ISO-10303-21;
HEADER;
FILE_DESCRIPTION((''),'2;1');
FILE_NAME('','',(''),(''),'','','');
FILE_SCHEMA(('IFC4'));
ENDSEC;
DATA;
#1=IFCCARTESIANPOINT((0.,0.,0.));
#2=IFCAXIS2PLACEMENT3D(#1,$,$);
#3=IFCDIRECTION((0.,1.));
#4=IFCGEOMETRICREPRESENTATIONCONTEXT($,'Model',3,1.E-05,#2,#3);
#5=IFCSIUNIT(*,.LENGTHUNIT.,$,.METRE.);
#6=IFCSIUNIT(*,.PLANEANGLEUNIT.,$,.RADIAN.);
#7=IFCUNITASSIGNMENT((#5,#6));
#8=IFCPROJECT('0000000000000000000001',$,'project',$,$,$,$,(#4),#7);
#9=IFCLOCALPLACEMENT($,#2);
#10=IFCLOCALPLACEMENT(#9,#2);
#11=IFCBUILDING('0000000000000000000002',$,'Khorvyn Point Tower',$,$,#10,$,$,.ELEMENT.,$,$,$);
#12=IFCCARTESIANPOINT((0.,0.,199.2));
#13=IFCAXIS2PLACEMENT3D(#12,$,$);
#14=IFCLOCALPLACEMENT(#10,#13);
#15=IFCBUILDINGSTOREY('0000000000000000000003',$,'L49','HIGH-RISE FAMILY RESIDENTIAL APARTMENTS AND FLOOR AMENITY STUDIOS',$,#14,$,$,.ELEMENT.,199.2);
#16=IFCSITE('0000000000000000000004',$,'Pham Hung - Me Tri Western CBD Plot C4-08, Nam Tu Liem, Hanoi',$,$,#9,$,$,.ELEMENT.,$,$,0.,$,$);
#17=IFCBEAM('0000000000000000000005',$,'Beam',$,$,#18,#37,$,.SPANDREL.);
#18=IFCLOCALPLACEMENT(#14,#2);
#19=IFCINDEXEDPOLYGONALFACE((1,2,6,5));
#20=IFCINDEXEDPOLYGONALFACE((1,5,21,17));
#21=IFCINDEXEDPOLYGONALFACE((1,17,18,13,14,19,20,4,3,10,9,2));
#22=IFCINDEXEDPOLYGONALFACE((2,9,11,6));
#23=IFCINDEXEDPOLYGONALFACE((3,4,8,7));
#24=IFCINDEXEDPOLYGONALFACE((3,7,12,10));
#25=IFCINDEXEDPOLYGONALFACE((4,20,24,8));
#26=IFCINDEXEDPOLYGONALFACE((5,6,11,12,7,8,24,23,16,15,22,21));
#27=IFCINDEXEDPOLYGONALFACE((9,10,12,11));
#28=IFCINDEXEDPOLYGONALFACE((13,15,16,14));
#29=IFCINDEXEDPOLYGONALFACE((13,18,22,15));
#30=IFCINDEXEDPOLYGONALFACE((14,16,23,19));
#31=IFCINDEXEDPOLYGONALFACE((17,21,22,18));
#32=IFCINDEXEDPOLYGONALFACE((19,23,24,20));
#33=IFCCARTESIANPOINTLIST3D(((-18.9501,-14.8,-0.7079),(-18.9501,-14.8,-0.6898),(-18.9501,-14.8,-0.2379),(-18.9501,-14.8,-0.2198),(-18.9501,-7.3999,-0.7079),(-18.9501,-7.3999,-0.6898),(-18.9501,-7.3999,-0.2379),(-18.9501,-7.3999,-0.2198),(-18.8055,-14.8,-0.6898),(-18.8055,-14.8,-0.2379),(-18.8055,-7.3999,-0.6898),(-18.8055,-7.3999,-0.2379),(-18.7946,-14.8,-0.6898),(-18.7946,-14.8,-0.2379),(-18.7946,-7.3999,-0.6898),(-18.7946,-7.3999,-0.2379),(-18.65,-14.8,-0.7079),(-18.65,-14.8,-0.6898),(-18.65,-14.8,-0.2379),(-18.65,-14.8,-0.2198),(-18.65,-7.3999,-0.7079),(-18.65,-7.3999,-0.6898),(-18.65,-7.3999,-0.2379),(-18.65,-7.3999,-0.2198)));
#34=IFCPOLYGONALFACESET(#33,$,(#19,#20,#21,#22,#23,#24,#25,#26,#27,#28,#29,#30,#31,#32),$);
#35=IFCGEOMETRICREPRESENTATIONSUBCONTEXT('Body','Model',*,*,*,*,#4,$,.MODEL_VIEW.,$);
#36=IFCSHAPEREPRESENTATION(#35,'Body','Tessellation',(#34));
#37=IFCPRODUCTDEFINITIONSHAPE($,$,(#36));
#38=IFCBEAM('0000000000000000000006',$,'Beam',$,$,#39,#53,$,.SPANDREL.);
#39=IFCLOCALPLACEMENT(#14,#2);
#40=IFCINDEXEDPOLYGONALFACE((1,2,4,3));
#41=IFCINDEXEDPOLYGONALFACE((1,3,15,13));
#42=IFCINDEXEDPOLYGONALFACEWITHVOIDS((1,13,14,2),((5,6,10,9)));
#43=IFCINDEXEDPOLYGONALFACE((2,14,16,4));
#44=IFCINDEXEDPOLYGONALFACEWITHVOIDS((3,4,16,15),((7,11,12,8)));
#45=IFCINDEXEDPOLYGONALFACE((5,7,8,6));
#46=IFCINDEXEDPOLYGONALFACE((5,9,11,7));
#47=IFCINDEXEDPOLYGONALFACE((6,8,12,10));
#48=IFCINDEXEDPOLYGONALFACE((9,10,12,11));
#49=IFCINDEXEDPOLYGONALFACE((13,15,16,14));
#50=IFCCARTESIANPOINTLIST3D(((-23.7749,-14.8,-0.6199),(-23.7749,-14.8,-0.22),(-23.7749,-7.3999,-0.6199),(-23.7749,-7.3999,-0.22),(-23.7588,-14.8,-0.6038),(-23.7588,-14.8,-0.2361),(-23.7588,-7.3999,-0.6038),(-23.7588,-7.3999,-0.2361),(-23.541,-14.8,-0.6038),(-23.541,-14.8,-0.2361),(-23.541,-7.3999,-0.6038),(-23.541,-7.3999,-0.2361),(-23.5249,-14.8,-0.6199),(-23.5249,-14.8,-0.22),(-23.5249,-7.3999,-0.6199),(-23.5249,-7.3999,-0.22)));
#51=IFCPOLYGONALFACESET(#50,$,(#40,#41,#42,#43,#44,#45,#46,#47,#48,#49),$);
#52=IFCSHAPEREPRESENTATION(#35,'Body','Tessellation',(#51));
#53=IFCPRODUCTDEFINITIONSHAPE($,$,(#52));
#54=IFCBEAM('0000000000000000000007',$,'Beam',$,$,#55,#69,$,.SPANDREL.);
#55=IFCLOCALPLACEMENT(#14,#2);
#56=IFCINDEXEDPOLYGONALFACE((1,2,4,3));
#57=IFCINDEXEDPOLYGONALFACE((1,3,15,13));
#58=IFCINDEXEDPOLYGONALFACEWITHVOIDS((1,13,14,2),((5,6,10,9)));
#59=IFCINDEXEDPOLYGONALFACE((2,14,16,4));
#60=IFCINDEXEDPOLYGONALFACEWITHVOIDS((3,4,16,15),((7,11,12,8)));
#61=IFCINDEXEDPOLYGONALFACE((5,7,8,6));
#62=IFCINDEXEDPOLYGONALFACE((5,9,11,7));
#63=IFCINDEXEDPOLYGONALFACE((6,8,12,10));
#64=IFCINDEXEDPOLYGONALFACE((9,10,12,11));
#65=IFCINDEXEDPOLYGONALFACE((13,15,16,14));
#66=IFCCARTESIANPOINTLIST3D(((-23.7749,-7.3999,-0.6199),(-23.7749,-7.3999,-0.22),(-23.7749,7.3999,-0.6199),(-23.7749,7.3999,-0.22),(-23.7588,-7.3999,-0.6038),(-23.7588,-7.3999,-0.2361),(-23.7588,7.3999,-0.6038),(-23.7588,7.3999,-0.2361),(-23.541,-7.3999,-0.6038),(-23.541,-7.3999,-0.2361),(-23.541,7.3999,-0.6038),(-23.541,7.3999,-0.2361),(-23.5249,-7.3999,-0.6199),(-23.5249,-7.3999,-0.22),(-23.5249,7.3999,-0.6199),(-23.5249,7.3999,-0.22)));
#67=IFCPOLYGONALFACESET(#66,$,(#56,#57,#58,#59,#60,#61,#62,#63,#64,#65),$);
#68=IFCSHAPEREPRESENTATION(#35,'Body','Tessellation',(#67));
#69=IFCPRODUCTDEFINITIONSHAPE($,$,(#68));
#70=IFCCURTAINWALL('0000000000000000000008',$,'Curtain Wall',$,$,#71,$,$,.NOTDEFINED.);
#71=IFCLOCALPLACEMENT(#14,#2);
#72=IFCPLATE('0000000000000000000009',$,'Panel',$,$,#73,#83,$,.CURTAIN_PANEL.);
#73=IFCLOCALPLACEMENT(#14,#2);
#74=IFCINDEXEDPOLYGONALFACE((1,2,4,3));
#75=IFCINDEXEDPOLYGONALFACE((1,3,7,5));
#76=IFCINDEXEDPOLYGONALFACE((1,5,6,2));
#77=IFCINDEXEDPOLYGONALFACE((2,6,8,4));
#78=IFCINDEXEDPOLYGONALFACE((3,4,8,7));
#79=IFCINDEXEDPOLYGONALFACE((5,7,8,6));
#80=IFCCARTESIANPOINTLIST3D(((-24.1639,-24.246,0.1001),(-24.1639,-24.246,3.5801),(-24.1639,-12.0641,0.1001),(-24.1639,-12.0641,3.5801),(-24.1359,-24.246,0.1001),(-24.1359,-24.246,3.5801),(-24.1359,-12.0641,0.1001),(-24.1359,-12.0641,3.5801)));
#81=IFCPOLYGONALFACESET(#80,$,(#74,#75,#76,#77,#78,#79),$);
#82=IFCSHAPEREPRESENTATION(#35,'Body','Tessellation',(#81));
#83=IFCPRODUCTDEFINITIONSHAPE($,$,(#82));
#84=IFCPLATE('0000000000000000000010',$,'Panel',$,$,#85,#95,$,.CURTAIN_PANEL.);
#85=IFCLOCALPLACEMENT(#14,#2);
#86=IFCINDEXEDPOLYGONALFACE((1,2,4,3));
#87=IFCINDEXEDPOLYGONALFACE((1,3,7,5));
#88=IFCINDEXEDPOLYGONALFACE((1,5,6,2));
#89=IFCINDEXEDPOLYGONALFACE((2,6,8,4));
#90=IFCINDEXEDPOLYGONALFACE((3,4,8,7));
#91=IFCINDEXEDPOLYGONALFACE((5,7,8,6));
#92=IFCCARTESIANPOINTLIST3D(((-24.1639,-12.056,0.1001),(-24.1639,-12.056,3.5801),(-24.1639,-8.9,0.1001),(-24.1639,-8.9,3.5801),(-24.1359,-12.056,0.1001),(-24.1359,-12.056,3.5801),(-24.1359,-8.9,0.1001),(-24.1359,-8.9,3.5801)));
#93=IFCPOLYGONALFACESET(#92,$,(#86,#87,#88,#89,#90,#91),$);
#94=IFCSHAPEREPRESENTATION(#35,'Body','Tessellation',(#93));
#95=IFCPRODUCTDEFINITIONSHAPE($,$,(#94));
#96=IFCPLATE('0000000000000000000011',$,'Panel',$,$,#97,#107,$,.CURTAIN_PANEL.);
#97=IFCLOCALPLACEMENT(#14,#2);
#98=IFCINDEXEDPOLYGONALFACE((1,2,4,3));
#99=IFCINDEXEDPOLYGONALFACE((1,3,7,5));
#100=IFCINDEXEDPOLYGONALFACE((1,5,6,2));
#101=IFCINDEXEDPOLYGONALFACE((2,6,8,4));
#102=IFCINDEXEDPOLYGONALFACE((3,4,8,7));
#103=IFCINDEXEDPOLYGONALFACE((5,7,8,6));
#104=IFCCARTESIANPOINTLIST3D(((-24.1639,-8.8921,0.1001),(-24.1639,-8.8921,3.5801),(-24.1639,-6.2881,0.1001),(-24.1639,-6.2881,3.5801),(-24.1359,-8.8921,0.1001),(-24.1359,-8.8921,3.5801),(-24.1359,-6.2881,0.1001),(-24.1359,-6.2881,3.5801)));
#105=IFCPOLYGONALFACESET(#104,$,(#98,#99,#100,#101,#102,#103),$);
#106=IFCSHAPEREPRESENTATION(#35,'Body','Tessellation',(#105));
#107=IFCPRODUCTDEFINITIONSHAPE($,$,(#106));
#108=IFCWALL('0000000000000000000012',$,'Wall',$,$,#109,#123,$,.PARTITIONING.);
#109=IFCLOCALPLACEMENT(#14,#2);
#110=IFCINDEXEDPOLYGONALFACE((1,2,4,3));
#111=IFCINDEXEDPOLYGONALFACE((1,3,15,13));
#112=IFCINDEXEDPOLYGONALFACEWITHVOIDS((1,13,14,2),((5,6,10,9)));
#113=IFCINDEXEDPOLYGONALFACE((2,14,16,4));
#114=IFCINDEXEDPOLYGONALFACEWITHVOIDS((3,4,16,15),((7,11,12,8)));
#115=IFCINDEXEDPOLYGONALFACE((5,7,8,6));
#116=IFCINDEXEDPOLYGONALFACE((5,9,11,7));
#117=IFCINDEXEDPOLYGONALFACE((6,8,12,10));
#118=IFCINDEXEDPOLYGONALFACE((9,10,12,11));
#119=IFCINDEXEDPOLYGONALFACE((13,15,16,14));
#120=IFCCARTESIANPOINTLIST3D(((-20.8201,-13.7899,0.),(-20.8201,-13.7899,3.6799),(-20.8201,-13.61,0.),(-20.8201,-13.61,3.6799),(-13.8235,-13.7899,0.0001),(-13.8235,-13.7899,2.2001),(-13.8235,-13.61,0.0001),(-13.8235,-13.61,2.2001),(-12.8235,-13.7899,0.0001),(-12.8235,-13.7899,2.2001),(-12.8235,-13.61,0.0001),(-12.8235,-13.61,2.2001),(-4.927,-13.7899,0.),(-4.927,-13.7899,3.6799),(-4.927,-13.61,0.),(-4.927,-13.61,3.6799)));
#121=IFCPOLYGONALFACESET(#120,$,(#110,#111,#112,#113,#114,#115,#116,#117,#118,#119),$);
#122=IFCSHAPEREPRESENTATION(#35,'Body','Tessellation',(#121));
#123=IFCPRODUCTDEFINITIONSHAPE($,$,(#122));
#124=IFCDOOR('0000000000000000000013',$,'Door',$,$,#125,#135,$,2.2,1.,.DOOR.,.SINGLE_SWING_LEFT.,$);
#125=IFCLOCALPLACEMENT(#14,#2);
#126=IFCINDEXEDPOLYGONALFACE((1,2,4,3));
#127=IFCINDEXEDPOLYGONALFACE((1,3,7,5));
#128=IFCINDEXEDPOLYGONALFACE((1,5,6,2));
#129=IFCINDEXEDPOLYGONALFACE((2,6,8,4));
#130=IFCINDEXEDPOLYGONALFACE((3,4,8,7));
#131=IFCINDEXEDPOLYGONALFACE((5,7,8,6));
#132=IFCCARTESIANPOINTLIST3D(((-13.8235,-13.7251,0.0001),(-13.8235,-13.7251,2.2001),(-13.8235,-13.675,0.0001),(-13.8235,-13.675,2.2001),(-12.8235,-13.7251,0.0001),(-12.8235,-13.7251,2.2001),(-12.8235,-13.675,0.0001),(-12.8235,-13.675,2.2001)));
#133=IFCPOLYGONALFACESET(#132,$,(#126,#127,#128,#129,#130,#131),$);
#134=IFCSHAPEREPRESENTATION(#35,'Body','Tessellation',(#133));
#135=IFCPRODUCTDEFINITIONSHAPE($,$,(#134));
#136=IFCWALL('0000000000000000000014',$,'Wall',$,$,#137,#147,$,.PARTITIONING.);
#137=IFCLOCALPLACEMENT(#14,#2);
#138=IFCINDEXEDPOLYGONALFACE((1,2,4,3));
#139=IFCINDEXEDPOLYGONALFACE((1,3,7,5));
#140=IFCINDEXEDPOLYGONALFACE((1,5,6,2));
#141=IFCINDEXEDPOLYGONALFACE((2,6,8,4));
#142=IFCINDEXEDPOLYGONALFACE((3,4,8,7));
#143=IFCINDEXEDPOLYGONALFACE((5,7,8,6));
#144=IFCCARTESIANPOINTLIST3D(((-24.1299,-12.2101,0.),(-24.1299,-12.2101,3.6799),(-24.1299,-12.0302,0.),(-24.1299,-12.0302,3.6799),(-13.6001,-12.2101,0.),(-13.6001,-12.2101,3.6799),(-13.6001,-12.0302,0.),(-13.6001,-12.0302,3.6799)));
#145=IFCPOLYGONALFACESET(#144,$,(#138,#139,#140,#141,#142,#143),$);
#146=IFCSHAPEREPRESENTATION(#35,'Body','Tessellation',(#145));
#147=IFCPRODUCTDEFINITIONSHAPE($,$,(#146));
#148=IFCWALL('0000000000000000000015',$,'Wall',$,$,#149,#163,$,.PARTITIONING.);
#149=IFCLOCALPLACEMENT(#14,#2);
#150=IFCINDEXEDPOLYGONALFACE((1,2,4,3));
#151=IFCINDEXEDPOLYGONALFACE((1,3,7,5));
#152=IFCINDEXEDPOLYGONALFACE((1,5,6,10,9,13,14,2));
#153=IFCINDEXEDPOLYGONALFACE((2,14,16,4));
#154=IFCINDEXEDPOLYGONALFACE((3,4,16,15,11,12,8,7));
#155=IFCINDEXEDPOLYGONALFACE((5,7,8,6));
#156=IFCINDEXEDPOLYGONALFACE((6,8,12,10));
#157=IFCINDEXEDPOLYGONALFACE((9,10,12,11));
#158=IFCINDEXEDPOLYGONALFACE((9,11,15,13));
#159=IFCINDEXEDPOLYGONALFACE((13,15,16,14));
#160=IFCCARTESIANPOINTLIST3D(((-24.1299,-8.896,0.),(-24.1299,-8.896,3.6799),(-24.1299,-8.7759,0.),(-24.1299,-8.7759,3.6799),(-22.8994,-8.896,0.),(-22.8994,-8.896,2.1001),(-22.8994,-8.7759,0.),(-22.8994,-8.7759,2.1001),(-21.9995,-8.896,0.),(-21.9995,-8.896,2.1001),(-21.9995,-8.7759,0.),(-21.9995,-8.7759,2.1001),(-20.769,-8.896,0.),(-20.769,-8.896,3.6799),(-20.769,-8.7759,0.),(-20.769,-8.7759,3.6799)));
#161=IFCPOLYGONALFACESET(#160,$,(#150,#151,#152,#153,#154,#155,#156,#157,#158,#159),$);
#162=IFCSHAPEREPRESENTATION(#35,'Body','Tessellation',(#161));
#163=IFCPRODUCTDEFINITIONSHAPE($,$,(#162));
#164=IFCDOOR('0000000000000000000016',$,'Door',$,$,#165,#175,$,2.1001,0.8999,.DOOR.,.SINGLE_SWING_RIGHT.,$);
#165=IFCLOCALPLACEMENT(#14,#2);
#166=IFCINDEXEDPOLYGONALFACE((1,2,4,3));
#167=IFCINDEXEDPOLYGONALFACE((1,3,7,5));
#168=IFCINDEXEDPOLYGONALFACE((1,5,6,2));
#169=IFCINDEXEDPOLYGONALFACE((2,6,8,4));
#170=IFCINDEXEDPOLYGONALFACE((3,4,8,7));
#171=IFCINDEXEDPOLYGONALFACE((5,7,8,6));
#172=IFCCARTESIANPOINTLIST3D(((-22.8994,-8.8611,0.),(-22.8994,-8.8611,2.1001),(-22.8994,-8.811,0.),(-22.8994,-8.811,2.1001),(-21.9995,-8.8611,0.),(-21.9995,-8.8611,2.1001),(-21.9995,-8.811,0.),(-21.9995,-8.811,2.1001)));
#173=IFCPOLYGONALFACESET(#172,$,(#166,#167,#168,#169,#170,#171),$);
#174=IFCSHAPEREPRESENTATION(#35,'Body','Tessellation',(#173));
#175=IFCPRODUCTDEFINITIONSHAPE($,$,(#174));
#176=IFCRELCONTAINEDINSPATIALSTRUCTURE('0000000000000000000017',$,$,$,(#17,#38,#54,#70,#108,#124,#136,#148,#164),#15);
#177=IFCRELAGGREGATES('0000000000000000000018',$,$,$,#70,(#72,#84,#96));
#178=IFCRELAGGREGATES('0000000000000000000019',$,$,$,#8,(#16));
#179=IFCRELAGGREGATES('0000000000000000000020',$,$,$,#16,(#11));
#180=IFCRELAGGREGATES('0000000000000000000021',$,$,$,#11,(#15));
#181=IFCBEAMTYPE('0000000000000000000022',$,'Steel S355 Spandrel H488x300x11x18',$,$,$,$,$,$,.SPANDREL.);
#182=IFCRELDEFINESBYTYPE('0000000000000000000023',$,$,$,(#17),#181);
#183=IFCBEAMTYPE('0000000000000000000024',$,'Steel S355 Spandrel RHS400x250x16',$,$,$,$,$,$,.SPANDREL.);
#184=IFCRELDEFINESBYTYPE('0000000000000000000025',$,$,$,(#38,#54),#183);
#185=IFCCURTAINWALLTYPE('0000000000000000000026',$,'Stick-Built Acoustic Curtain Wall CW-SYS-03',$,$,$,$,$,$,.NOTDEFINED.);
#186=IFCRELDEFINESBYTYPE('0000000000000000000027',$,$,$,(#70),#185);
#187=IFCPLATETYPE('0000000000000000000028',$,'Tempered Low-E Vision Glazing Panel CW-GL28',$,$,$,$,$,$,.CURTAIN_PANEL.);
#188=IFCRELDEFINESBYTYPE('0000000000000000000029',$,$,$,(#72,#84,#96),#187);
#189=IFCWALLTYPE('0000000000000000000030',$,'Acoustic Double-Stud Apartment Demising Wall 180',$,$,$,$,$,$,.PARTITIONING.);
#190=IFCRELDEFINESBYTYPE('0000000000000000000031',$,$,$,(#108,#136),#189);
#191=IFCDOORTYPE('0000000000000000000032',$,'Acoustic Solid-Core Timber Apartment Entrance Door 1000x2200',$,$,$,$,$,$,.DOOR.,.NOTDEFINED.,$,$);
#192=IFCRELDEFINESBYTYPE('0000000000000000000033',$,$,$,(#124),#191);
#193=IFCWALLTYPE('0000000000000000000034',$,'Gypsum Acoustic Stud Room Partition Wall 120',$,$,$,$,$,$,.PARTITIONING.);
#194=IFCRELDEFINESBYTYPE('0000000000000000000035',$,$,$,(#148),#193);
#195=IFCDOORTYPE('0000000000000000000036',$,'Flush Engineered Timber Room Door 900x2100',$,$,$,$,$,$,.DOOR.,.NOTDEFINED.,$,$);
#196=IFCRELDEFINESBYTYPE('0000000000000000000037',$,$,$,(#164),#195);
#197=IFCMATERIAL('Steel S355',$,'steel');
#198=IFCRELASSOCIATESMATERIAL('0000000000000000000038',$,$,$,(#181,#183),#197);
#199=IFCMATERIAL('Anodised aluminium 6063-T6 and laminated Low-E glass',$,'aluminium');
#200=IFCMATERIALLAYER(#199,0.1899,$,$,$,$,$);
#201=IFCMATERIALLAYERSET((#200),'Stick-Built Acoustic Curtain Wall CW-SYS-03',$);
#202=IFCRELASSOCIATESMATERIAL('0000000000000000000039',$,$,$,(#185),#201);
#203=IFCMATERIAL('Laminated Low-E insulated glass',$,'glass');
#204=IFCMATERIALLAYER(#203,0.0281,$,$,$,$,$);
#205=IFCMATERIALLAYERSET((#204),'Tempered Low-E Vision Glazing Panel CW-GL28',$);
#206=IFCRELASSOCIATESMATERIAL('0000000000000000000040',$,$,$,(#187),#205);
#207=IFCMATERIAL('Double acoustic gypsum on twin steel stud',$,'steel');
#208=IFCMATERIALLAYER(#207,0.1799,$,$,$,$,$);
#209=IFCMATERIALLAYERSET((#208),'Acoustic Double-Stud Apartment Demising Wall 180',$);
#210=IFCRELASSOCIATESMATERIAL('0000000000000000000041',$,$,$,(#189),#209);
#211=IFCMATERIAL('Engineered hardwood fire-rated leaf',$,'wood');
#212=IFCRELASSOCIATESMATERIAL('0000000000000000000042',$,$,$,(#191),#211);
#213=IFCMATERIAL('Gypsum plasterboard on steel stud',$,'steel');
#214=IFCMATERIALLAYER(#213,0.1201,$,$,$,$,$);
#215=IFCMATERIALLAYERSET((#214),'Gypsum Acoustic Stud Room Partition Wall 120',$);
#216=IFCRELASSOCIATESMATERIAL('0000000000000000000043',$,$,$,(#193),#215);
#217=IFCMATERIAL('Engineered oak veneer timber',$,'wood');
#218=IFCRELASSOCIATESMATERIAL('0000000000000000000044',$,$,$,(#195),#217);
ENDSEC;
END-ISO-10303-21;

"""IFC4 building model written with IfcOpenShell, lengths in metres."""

from ifc_helpers import new_model, si_unit, direction, frame, frame_2d, origin, origin_2d, place, context, subcontext, project, spatial, rectangle, hollow_rectangle, i_section, extrude, material, layer, layer_set, material_profile, profile_set, type_object, element, fill, aggregate, save


model = new_model("IFC4")

# Units and contexts
model_context = context("Model", 3, precision=1e-05, world=origin(), true_north=direction((0.0, 1.0)))
body_context = subcontext(model_context, "Body", "Model", "MODEL_VIEW")
ifc_project = project(units=[si_unit("LENGTHUNIT", "METRE"), si_unit("PLANEANGLEUNIT", "RADIAN")], contexts=[model_context])

# Site, building, storey
site_placement = place(None, origin())
site = spatial("IfcSite", under=ifc_project, at=site_placement, Name="Pham Hung - Me Tri Western CBD Plot C4-08, Nam Tu Liem, Hanoi", CompositionType="ELEMENT", RefElevation=0.0)
building_placement = place(site_placement, origin())
building = spatial("IfcBuilding", under=site, at=building_placement, Name="Khorvyn Point Tower", CompositionType="ELEMENT")
storey_placement = place(building_placement, frame((0.0, 0.0, 199.2)))
storey = spatial("IfcBuildingStorey", under=building, at=storey_placement, Name="L49", Description="HIGH-RISE FAMILY RESIDENTIAL APARTMENTS AND FLOOR AMENITY STUDIOS", CompositionType="ELEMENT", Elevation=199.2)

# Beams
ifc_material_1 = material(Name="Steel S355", Category="steel")
ifc_material_profile_1 = material_profile(ifc_material_1, i_section(OverallWidth=0.3, OverallDepth=0.488, WebThickness=0.011, FlangeThickness=0.0181, at=origin_2d()))
ifc_profile_set_1 = profile_set([ifc_material_profile_1], Name="Steel S355 H488x300x11x18")
beam_type_1 = type_object("IfcBeamType", Name="Steel S355 Spandrel H488x300x11x18", PredefinedType="SPANDREL", material=ifc_profile_set_1)
for number, where, z_axis, x_axis, name in (
    (1, (-18.8, -14.8, -0.4639), (0.0, 1.0, 0.0), (-1.0, 0.0, 0.0), "Beam"),
):
    element("IfcBeam", number, at=place(storey_placement, frame(where, z_axis=z_axis, x_axis=x_axis)), inside=storey, type_object=beam_type_1, Name=name, PredefinedType="SPANDREL", context=body_context, shape_type="SweptSolid", body=[
        extrude(i_section(OverallWidth=0.3, OverallDepth=0.488, WebThickness=0.011, FlangeThickness=0.0181, at=origin_2d()), origin(), (0.0, 0.0, 1.0), 7.4001),
    ])
ifc_material_profile_2 = material_profile(ifc_material_1, hollow_rectangle(XDim=0.25, YDim=0.3999, WallThickness=0.0161, at=origin_2d()))
ifc_profile_set_2 = profile_set([ifc_material_profile_2], Name="Steel S355 RHS400x250x16")
beam_type_2 = type_object("IfcBeamType", Name="Steel S355 Spandrel RHS400x250x16", PredefinedType="SPANDREL", material=ifc_profile_set_2)
beam_1_placement = place(storey_placement, frame((-23.6499, -14.8, -0.4199), z_axis=(0.0, 1.0, 0.0), x_axis=(-1.0, 0.0, 0.0)))
element("IfcBeam", 2, at=beam_1_placement, inside=storey, type_object=beam_type_2, Name="Beam", PredefinedType="SPANDREL", context=body_context, shape_type="SweptSolid", body=[
    extrude(hollow_rectangle(XDim=0.25, YDim=0.3999, WallThickness=0.0161, at=origin_2d()), origin(), (0.0, 0.0, 1.0), 7.4001),
])
beam_2_placement = place(storey_placement, frame((-23.6499, -7.3999, -0.4199), z_axis=(0.0, 1.0, 0.0), x_axis=(-1.0, 0.0, 0.0)))
element("IfcBeam", 3, at=beam_2_placement, inside=storey, type_object=beam_type_2, Name="Beam", PredefinedType="SPANDREL", context=body_context, shape_type="SweptSolid", body=[
    extrude(hollow_rectangle(XDim=0.25, YDim=0.3999, WallThickness=0.0161, at=origin_2d()), origin(), (0.0, 0.0, 1.0), 14.7998),
])

# Curtain wall, plates
ifc_material_2 = material(Name="Anodised aluminium 6063-T6 and laminated Low-E glass", Category="aluminium")
ifc_layer_1 = layer(ifc_material_2, 0.1899)
ifc_layer_set_1 = layer_set([ifc_layer_1], Name="Stick-Built Acoustic Curtain Wall CW-SYS-03")
curtain_wall_type = type_object("IfcCurtainWallType", Name="Stick-Built Acoustic Curtain Wall CW-SYS-03", PredefinedType="NOTDEFINED", material=ifc_layer_set_1)
curtain_wall_placement = place(storey_placement, origin())
curtain_wall = element("IfcCurtainWall", 4, at=curtain_wall_placement, inside=storey, type_object=curtain_wall_type, Name="Curtain Wall", PredefinedType="NOTDEFINED")
ifc_material_3 = material(Name="Laminated Low-E insulated glass", Category="glass")
ifc_layer_2 = layer(ifc_material_3, 0.0281)
ifc_layer_set_2 = layer_set([ifc_layer_2], Name="Tempered Low-E Vision Glazing Panel CW-GL28")
plate_type = type_object("IfcPlateType", Name="Tempered Low-E Vision Glazing Panel CW-GL28", PredefinedType="CURTAIN_PANEL", material=ifc_layer_set_2)
plate_1_placement = place(storey_placement, frame((-24.1499, -18.155, 0.1001), z_axis=(0.0, 0.0, 1.0), x_axis=(0.0, 1.0, 0.0)))
plate_1 = element("IfcPlate", 5, at=plate_1_placement, type_object=plate_type, Name="Panel", PredefinedType="CURTAIN_PANEL", context=body_context, shape_type="SweptSolid", body=[
    extrude(rectangle(XDim=12.1819, YDim=0.0281, at=origin_2d()), origin(), (0.0, 0.0, 1.0), 3.48),
])
plate_2_placement = place(storey_placement, frame((-24.1499, -10.478, 0.1001), z_axis=(0.0, 0.0, 1.0), x_axis=(0.0, 1.0, 0.0)))
plate_2 = element("IfcPlate", 6, at=plate_2_placement, type_object=plate_type, Name="Panel", PredefinedType="CURTAIN_PANEL", context=body_context, shape_type="SweptSolid", body=[
    extrude(rectangle(XDim=3.156, YDim=0.0281, at=origin_2d()), origin(), (0.0, 0.0, 1.0), 3.48),
])
plate_3_placement = place(storey_placement, frame((-24.1499, -7.5901, 0.1001), z_axis=(0.0, 0.0, 1.0), x_axis=(0.0, 1.0, 0.0)))
plate_3 = element("IfcPlate", 7, at=plate_3_placement, type_object=plate_type, Name="Panel", PredefinedType="CURTAIN_PANEL", context=body_context, shape_type="SweptSolid", body=[
    extrude(rectangle(XDim=2.604, YDim=0.0281, at=origin_2d()), origin(), (0.0, 0.0, 1.0), 3.48),
])
aggregate(curtain_wall, [plate_1, plate_2, plate_3])

# Wall, opening, door
ifc_material_4 = material(Name="Double acoustic gypsum on twin steel stud", Category="steel")
ifc_layer_3 = layer(ifc_material_4, 0.1799)
ifc_layer_set_3 = layer_set([ifc_layer_3], Name="Acoustic Double-Stud Apartment Demising Wall 180")
wall_type_1 = type_object("IfcWallType", Name="Acoustic Double-Stud Apartment Demising Wall 180", PredefinedType="PARTITIONING", material=ifc_layer_set_3)
wall_1_placement = place(storey_placement, frame((-20.8201, -13.7, 0.0), z_axis=(0.0, 0.0, 1.0), x_axis=(1.0, 0.0, 0.0)))
wall_1 = element("IfcWall", 8, at=wall_1_placement, inside=storey, type_object=wall_type_1, Name="Wall", PredefinedType="PARTITIONING", context=body_context, shape_type="SweptSolid", body=[
    extrude(rectangle(XDim=15.8931, YDim=0.1799, at=frame_2d((7.9465, 0.0))), origin(), (0.0, 0.0, 1.0), 3.6799),
])
opening_1_placement = place(wall_1_placement, frame((6.9966, 0.0, 0.0)))
opening_1 = element("IfcOpeningElement", 9, at=opening_1_placement, cuts=wall_1, PredefinedType="OPENING", context=body_context, shape_type="SweptSolid", body=[
    extrude(rectangle(XDim=1.0, YDim=2.2, at=frame_2d((0.5, 1.1001))), frame((0.0, 0.0999, 0.0), z_axis=(0.0, -1.0, 0.0), x_axis=(1.0, 0.0, 0.0)), (0.0, 0.0, 1.0), 0.2),
])
ifc_material_5 = material(Name="Engineered hardwood fire-rated leaf", Category="wood")
door_type_1 = type_object("IfcDoorType", Name="Acoustic Solid-Core Timber Apartment Entrance Door 1000x2200", OperationType="NOTDEFINED", PredefinedType="DOOR", material=ifc_material_5)
door_1_placement = place(opening_1_placement, origin())
door_1 = element("IfcDoor", 10, at=door_1_placement, inside=storey, type_object=door_type_1, Name="Door", OperationType="SINGLE_SWING_LEFT", OverallHeight=2.2, OverallWidth=1.0, PredefinedType="DOOR", context=body_context, shape_type="SweptSolid", body=[
    extrude(rectangle(XDim=1.0, YDim=2.2, at=frame_2d((0.5, 1.1001))), frame((0.0, 0.0249, 0.0), z_axis=(0.0, -1.0, 0.0), x_axis=(1.0, 0.0, 0.0)), (0.0, 0.0, 1.0), 0.05),
])
fill(opening_1, door_1)

# Wall
wall_2_placement = place(storey_placement, frame((-24.1299, -12.1201, 0.0), z_axis=(0.0, 0.0, 1.0), x_axis=(1.0, 0.0, 0.0)))
element("IfcWall", 11, at=wall_2_placement, inside=storey, type_object=wall_type_1, Name="Wall", PredefinedType="PARTITIONING", context=body_context, shape_type="SweptSolid", body=[
    extrude(rectangle(XDim=10.5298, YDim=0.1799, at=frame_2d((5.2649, 0.0))), origin(), (0.0, 0.0, 1.0), 3.6799),
])

# Wall, opening, door
ifc_material_6 = material(Name="Gypsum plasterboard on steel stud", Category="steel")
ifc_layer_4 = layer(ifc_material_6, 0.1201)
ifc_layer_set_4 = layer_set([ifc_layer_4], Name="Gypsum Acoustic Stud Room Partition Wall 120")
wall_type_2 = type_object("IfcWallType", Name="Gypsum Acoustic Stud Room Partition Wall 120", PredefinedType="PARTITIONING", material=ifc_layer_set_4)
wall_3_placement = place(storey_placement, frame((-24.1299, -8.8359, 0.0), z_axis=(0.0, 0.0, 1.0), x_axis=(1.0, 0.0, 0.0)))
wall_3 = element("IfcWall", 12, at=wall_3_placement, inside=storey, type_object=wall_type_2, Name="Wall", PredefinedType="PARTITIONING", context=body_context, shape_type="SweptSolid", body=[
    extrude(rectangle(XDim=3.3608, YDim=0.1201, at=frame_2d((1.6804, 0.0))), origin(), (0.0, 0.0, 1.0), 3.6799),
])
opening_2_placement = place(wall_3_placement, frame((1.2305, 0.0, 0.0)))
opening_2 = element("IfcOpeningElement", 13, at=opening_2_placement, cuts=wall_3, PredefinedType="OPENING", context=body_context, shape_type="SweptSolid", body=[
    extrude(rectangle(XDim=0.8999, YDim=2.1001, at=frame_2d((0.45, 1.05))), frame((0.0, 0.0701, 0.0), z_axis=(0.0, -1.0, 0.0), x_axis=(1.0, 0.0, 0.0)), (0.0, 0.0, 1.0), 0.1401),
])
ifc_material_7 = material(Name="Engineered oak veneer timber", Category="wood")
door_type_2 = type_object("IfcDoorType", Name="Flush Engineered Timber Room Door 900x2100", OperationType="NOTDEFINED", PredefinedType="DOOR", material=ifc_material_7)
door_2_placement = place(opening_2_placement, origin())
door_2 = element("IfcDoor", 14, at=door_2_placement, inside=storey, type_object=door_type_2, Name="Door", OperationType="SINGLE_SWING_RIGHT", OverallHeight=2.1001, OverallWidth=0.8999, PredefinedType="DOOR", context=body_context, shape_type="SweptSolid", body=[
    extrude(rectangle(XDim=0.8999, YDim=2.1001, at=frame_2d((0.45, 1.05))), frame((0.0, 0.0249, 0.0), z_axis=(0.0, -1.0, 0.0), x_axis=(1.0, 0.0, 0.0)), (0.0, 0.0, 1.0), 0.05),
])
fill(opening_2, door_2)

save(model, "model.ifc")
